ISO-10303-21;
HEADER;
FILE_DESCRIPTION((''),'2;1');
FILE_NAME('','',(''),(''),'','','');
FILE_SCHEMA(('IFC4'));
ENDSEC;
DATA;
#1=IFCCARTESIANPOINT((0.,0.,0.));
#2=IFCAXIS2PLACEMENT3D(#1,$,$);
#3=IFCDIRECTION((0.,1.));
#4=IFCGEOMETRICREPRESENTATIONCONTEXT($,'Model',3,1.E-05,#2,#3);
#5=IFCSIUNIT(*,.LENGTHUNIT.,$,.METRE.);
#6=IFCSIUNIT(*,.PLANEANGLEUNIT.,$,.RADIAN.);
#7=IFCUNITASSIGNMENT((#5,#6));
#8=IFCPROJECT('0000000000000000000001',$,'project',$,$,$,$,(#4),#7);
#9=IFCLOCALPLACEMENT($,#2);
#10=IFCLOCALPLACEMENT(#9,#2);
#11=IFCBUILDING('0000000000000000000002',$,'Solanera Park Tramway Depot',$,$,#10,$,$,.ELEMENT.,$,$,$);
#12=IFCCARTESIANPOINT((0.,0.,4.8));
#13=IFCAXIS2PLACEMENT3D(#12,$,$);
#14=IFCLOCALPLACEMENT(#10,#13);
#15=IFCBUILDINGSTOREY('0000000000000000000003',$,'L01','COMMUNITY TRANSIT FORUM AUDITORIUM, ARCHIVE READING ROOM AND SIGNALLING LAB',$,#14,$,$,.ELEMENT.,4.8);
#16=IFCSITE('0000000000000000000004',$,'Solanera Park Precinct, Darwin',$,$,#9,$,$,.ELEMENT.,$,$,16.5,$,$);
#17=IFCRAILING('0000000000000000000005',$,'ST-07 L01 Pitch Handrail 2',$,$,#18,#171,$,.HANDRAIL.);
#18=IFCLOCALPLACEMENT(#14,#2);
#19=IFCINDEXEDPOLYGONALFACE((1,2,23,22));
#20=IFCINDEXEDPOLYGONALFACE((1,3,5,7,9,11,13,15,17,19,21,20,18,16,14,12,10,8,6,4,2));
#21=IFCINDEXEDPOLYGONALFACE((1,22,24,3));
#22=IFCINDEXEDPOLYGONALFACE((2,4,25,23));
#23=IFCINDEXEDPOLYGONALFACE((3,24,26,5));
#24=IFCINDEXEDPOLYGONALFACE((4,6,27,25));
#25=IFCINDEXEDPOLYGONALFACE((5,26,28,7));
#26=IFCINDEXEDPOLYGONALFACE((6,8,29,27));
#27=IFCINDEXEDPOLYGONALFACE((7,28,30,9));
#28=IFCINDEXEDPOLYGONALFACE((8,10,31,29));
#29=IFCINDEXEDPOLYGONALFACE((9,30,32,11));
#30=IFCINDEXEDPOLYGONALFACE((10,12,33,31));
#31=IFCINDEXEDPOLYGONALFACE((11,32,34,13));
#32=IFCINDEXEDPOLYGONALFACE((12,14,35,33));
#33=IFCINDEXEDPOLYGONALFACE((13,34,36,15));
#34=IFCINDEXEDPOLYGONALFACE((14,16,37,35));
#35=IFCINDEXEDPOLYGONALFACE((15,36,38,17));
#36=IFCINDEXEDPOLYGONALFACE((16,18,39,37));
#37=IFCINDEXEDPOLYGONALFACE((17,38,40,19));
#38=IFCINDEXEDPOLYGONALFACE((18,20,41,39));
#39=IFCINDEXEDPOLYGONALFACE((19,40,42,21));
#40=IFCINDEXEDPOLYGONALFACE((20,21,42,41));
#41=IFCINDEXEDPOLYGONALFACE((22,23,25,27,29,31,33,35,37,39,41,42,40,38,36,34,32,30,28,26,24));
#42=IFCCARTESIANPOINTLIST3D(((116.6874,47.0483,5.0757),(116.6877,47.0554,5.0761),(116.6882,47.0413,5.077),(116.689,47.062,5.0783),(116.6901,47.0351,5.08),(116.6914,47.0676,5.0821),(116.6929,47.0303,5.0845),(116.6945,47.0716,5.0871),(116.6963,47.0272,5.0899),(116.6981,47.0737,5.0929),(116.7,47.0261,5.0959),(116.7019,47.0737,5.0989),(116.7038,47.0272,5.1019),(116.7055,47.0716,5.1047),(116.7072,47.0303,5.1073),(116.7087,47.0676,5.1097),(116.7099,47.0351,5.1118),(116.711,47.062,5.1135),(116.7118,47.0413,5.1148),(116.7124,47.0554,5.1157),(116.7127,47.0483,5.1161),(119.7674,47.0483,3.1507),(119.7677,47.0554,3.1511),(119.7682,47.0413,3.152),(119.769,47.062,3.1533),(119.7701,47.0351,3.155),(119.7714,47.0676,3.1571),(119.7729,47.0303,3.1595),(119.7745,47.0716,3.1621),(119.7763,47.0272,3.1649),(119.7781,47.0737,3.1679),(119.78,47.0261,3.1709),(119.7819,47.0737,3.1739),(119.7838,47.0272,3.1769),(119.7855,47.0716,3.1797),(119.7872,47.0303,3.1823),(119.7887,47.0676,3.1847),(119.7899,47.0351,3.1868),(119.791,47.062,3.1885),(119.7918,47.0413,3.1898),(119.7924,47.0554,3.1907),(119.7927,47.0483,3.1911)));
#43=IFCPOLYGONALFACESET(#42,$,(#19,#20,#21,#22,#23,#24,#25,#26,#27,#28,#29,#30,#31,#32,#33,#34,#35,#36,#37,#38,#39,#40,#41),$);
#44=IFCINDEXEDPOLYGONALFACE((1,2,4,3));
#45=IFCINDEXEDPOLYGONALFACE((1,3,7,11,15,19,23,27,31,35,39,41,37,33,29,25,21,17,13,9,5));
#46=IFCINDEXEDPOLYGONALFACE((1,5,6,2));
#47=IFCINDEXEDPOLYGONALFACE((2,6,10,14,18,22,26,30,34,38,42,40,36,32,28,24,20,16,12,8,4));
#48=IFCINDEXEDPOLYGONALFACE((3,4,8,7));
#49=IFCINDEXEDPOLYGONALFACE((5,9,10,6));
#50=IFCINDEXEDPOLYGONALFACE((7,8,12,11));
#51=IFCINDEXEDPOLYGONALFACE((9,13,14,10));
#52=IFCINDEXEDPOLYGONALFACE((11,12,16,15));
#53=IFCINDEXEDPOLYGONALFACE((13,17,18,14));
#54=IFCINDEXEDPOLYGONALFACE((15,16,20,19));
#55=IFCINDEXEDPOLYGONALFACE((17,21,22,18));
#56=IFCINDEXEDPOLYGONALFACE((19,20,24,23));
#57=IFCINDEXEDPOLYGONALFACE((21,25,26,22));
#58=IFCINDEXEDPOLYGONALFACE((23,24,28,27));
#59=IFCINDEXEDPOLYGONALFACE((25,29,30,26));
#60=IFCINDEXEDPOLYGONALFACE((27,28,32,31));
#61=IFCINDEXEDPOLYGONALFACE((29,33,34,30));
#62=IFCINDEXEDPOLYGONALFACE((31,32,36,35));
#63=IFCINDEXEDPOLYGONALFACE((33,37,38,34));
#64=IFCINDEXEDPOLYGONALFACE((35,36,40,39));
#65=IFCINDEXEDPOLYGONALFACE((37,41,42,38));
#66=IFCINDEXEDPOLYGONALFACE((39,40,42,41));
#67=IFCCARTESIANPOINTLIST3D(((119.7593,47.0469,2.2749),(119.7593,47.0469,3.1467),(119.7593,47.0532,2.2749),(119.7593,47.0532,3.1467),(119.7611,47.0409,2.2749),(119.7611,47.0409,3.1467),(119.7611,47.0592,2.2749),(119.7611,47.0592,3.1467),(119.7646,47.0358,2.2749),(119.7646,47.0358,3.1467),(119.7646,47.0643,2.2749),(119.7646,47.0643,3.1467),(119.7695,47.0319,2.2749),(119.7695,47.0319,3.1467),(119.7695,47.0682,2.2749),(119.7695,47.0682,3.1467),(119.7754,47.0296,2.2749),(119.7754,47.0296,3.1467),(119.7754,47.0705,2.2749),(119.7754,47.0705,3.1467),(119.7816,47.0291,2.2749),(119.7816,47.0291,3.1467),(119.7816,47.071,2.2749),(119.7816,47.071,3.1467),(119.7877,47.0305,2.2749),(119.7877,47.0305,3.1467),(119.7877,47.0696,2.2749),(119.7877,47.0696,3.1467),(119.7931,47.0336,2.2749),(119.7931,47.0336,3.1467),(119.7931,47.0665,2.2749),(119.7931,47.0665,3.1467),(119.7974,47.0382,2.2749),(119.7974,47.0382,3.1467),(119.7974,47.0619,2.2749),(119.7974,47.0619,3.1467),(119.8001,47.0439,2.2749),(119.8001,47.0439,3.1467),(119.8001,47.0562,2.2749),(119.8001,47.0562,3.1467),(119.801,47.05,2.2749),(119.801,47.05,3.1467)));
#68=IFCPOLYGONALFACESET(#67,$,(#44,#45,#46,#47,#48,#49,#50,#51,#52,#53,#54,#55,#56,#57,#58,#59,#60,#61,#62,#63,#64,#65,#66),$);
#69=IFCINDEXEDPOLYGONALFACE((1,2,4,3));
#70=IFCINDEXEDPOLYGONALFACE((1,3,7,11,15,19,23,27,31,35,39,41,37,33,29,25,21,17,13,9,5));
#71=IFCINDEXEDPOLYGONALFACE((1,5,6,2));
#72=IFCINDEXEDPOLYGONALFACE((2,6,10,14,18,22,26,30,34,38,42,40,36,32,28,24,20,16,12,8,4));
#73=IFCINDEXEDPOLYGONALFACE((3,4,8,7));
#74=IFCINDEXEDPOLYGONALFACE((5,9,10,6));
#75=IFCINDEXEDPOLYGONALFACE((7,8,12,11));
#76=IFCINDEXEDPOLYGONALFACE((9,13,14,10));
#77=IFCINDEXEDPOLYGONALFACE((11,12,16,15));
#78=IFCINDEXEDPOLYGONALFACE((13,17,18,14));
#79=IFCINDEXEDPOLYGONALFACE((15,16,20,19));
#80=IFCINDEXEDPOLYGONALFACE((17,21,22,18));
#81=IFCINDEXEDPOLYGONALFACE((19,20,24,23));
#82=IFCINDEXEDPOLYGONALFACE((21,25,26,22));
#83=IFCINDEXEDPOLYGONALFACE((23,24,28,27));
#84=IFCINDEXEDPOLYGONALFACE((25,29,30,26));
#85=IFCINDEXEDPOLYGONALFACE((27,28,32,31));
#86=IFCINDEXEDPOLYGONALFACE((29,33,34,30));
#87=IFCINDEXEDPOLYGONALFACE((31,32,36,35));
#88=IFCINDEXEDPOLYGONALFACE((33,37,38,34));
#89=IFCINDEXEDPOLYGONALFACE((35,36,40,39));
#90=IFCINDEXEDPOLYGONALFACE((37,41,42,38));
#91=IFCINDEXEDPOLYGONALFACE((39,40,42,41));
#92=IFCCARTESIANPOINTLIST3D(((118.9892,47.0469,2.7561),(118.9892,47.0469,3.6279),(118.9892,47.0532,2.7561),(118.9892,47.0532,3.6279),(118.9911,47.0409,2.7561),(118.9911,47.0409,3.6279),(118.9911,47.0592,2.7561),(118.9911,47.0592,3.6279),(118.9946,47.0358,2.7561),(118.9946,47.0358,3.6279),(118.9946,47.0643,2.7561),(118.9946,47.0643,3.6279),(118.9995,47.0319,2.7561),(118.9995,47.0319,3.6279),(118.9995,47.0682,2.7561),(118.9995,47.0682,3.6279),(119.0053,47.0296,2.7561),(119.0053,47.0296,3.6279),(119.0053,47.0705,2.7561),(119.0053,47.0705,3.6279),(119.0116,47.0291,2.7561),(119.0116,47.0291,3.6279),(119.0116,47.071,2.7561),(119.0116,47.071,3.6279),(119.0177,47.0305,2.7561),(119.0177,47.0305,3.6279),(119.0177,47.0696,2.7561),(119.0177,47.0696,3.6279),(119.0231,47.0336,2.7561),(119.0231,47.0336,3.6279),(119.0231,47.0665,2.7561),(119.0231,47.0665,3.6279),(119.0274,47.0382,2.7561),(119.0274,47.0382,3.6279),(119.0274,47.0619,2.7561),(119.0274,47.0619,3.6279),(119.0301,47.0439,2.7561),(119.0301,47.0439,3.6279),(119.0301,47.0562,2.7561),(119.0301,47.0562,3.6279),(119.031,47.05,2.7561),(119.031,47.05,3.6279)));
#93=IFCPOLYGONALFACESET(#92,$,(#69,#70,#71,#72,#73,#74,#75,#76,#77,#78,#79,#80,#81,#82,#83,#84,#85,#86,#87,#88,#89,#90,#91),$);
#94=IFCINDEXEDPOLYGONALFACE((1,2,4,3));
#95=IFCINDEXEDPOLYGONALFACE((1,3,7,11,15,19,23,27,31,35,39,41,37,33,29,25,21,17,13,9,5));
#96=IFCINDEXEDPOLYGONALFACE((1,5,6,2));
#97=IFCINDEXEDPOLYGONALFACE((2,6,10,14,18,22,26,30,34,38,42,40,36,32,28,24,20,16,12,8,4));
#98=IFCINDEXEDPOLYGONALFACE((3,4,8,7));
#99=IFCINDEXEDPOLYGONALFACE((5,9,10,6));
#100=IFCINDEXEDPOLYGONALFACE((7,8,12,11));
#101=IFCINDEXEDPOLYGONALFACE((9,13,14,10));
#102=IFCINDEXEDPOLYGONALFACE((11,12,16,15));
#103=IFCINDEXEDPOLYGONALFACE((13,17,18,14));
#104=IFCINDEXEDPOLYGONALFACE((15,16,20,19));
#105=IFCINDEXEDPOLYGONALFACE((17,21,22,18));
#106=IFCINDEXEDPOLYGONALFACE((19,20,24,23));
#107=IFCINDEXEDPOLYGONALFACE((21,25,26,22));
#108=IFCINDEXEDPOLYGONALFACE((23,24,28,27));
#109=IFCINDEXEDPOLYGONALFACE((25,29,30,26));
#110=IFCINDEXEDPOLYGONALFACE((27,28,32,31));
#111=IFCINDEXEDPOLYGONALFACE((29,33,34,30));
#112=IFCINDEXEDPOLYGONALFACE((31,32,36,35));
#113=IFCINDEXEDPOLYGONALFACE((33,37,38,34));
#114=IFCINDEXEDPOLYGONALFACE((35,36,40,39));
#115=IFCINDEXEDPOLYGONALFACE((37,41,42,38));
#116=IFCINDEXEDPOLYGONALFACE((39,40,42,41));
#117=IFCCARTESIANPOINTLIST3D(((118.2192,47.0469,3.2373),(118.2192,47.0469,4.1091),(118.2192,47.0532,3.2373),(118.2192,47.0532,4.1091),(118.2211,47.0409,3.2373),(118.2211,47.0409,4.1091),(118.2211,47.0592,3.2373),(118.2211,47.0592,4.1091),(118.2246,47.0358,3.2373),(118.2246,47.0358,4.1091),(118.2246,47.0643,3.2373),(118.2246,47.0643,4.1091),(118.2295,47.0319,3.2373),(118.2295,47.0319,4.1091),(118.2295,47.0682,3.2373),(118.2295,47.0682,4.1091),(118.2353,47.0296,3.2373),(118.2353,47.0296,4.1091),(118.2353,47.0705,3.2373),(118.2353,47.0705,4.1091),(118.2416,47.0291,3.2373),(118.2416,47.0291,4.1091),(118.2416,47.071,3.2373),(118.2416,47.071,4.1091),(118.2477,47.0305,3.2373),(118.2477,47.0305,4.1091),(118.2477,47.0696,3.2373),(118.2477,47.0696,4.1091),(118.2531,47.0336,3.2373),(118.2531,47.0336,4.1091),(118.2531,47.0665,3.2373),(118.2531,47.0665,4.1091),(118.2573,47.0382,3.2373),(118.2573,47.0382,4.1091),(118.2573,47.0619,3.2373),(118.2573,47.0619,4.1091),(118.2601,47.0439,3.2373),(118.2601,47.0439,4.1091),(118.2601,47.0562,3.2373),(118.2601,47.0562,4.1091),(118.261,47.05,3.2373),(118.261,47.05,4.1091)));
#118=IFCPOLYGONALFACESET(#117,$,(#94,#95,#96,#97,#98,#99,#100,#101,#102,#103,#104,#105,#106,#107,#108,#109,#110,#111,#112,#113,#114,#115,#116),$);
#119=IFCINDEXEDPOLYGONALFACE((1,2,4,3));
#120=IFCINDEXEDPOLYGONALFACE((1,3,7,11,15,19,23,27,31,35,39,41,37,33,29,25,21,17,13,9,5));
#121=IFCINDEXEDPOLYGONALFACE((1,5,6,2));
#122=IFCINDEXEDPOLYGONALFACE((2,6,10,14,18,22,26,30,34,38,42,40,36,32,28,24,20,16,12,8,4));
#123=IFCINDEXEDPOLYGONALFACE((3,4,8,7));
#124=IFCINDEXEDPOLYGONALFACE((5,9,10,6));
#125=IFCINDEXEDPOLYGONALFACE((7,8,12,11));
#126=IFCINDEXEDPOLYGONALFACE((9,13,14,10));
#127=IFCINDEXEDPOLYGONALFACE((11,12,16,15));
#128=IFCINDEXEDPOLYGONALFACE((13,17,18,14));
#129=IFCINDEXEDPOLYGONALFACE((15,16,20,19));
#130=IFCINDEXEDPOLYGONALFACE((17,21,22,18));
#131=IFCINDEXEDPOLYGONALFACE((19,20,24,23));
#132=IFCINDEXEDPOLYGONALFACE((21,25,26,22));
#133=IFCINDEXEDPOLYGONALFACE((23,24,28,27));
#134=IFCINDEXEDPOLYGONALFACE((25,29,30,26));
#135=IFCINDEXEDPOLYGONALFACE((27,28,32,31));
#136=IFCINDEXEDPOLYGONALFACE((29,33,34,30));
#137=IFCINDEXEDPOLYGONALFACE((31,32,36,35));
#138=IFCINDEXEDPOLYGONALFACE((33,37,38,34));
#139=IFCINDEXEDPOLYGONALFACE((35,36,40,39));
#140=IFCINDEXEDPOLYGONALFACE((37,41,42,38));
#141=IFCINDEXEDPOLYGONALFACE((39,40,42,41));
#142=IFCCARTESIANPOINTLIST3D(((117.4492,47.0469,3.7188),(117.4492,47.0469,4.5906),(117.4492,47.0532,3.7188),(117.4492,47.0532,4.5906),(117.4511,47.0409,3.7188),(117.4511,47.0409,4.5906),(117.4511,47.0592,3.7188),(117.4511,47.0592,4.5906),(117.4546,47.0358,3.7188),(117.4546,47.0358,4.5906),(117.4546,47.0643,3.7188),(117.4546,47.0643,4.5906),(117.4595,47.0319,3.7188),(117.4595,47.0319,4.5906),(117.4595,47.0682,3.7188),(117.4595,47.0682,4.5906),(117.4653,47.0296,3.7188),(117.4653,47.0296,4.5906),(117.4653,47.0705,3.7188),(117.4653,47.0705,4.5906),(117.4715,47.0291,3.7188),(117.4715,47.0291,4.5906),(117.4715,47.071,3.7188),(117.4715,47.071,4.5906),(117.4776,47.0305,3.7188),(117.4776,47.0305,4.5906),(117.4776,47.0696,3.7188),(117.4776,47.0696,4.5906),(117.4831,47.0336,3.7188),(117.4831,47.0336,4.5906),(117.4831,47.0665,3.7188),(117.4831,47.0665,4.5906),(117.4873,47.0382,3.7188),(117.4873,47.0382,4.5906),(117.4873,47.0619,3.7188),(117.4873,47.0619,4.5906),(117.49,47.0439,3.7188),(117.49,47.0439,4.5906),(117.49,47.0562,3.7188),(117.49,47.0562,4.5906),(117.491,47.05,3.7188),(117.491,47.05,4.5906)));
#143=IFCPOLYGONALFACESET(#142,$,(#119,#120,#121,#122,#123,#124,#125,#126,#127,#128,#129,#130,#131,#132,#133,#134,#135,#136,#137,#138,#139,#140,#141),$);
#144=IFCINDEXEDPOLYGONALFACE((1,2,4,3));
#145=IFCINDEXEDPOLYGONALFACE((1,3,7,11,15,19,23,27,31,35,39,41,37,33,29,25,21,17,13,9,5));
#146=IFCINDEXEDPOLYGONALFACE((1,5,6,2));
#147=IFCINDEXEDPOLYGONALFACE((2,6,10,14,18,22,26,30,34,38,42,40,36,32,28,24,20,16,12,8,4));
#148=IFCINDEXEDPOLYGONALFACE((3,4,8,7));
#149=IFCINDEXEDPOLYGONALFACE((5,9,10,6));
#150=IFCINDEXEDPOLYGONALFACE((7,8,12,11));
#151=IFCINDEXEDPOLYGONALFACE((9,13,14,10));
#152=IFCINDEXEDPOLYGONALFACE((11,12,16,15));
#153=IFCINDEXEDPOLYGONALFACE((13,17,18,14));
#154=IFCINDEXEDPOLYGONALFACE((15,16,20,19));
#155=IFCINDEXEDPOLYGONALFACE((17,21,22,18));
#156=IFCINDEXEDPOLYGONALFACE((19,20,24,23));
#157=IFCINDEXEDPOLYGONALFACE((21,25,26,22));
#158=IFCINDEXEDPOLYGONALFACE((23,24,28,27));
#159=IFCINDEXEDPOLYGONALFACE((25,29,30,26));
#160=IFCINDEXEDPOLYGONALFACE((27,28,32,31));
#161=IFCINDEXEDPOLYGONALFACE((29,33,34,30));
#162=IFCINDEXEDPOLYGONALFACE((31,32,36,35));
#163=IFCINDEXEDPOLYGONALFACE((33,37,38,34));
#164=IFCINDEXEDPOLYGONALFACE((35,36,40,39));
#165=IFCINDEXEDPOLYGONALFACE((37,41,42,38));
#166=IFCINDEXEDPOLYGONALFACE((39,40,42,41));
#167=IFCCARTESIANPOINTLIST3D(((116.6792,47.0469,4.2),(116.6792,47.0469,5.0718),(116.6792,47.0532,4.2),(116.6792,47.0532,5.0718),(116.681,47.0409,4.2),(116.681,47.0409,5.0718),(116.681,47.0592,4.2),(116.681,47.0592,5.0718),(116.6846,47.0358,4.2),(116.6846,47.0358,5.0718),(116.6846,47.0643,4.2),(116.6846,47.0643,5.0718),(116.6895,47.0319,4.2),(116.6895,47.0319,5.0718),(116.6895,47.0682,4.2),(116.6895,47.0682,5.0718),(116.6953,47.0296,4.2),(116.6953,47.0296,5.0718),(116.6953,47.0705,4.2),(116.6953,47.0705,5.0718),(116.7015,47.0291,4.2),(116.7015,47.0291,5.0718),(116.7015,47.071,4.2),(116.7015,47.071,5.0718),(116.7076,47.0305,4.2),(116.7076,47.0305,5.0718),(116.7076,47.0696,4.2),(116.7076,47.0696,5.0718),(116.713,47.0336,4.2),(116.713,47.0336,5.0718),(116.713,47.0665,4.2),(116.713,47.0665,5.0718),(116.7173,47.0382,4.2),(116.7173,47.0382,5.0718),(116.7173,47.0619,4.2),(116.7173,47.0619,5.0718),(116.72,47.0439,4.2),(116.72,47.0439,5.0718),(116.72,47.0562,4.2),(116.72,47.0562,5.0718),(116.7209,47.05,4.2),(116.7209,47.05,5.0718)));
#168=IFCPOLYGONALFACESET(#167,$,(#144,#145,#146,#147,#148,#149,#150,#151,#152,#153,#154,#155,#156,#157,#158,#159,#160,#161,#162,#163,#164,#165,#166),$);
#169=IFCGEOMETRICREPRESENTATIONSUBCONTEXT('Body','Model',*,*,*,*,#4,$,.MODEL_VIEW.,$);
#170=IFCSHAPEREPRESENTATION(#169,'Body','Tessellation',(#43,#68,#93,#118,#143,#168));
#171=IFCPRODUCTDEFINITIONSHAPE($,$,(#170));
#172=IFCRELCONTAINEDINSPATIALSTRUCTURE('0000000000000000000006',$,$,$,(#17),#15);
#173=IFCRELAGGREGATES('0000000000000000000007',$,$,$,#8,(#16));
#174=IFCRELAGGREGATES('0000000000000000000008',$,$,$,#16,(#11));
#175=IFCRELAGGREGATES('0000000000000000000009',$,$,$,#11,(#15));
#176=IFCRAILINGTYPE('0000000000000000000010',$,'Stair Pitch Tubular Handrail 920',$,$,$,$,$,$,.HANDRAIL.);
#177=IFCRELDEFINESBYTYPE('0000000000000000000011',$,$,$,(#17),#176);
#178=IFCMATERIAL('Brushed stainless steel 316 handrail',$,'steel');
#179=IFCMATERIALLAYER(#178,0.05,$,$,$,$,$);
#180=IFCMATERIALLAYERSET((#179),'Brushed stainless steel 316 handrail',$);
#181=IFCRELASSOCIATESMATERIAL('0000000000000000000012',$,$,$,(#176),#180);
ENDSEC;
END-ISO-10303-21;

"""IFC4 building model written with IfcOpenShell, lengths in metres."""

from ifc_helpers import new_model, si_unit, direction, frame, origin, origin_2d, place, context, subcontext, project, spatial, circle, extrude, material, layer, layer_set, type_object, element, save


model = new_model("IFC4")

# Units and contexts
model_context = context("Model", 3, precision=1e-05, world=origin(), true_north=direction((0.0, 1.0)))
body_context = subcontext(model_context, "Body", "Model", "MODEL_VIEW")
ifc_project = project(units=[si_unit("LENGTHUNIT", "METRE"), si_unit("PLANEANGLEUNIT", "RADIAN")], contexts=[model_context])

# Site, building, storey
site_placement = place(None, origin())
site = spatial("IfcSite", under=ifc_project, at=site_placement, Name="Solanera Park Precinct, Darwin", CompositionType="ELEMENT", RefElevation=16.5)
building_placement = place(site_placement, origin())
building = spatial("IfcBuilding", under=site, at=building_placement, Name="Solanera Park Tramway Depot", CompositionType="ELEMENT")
storey_placement = place(building_placement, frame((0.0, 0.0, 4.8)))
storey = spatial("IfcBuildingStorey", under=building, at=storey_placement, Name="L01", Description="COMMUNITY TRANSIT FORUM AUDITORIUM, ARCHIVE READING ROOM AND SIGNALLING LAB", CompositionType="ELEMENT", Elevation=4.8)

# Railing
ifc_material_1 = material(Name="Brushed stainless steel 316 handrail", Category="steel")
ifc_layer_1 = layer(ifc_material_1, 0.05)
ifc_layer_set_1 = layer_set([ifc_layer_1], Name="Brushed stainless steel 316 handrail")
railing_type_1 = type_object("IfcRailingType", Name="Stair Pitch Tubular Handrail 920", PredefinedType="HANDRAIL", material=ifc_layer_set_1)
railing_1_placement = place(storey_placement, frame((119.78, 47.05, 2.2749)))
element("IfcRailing", 1, at=railing_1_placement, inside=storey, type_object=railing_type_1, Name="ST-07 L01 Pitch Handrail 2", PredefinedType="HANDRAIL", context=body_context, shape_type="SweptSolid", body=[
    extrude(circle(Radius=0.0239, at=origin_2d()), frame((0.0, 0.0, 0.896), z_axis=(-0.847998, 0.0, 0.529999), x_axis=(0.0, -1.0, 0.0)), (0.0, 0.0, 1.0), 3.6321),
    extrude(circle(Radius=0.021, at=origin_2d()), origin(), (0.0, 0.0, 1.0), 0.8718),
    extrude(circle(Radius=0.021, at=origin_2d()), frame((-0.77, 0.0, 0.4812)), (0.0, 0.0, 1.0), 0.8718),
    extrude(circle(Radius=0.021, at=origin_2d()), frame((-1.54, 0.0, 0.9624)), (0.0, 0.0, 1.0), 0.8718),
    extrude(circle(Radius=0.021, at=origin_2d()), frame((-2.3101, 0.0, 1.4438)), (0.0, 0.0, 1.0), 0.8718),
    extrude(circle(Radius=0.021, at=origin_2d()), frame((-3.0801, 0.0, 1.925)), (0.0, 0.0, 1.0), 0.8718),
])

save(model, "model.ifc")
